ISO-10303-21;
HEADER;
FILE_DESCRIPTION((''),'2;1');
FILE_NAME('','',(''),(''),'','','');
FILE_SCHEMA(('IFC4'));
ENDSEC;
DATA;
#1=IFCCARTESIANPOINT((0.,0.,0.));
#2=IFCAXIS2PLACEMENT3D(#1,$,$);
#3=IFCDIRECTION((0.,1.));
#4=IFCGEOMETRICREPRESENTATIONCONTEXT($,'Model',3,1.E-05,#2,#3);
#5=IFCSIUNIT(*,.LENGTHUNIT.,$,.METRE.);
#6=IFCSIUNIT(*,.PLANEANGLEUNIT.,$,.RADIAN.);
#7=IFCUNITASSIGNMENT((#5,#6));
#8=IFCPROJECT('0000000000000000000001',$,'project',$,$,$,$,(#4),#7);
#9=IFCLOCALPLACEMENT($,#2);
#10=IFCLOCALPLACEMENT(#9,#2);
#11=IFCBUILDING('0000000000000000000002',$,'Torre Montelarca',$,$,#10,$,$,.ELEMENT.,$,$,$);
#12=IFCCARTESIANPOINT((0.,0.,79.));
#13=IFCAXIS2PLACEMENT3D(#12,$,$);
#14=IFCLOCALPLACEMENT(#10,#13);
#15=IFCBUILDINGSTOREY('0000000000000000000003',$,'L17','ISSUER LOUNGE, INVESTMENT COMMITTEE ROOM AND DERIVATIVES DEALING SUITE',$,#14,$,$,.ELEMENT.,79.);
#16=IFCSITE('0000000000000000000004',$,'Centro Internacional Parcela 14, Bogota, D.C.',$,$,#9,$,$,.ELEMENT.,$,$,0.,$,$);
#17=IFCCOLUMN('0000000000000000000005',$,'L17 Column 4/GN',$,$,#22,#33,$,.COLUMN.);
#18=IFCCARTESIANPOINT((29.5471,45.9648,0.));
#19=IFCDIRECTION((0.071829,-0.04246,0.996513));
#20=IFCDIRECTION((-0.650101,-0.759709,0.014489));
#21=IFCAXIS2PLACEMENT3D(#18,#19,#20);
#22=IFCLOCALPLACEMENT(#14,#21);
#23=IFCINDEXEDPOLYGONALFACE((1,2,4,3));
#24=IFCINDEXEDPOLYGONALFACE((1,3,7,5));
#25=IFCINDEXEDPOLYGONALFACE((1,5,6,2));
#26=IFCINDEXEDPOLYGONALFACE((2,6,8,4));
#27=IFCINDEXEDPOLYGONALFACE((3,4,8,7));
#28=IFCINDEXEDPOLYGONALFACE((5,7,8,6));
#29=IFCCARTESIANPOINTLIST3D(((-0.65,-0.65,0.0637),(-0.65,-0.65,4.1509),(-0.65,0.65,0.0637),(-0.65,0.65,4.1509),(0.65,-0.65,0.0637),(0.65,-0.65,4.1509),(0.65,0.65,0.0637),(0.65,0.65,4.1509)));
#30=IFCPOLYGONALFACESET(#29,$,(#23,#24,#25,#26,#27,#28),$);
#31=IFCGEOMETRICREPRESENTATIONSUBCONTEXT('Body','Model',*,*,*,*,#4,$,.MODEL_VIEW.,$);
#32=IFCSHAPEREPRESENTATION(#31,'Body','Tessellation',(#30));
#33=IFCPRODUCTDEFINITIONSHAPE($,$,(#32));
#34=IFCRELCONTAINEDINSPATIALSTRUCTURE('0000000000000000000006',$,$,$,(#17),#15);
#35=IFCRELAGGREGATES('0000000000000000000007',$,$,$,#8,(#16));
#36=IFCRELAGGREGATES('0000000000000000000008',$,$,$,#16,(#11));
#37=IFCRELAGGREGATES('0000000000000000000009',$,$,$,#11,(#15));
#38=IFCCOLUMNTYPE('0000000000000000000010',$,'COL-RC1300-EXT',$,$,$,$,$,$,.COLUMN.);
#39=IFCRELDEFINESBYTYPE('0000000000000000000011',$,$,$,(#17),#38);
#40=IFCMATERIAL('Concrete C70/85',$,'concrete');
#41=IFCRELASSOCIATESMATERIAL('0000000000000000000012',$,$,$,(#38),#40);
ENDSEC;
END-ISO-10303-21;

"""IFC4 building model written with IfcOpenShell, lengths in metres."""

from ifc_helpers import new_model, si_unit, direction, frame, origin, origin_2d, place, context, subcontext, project, spatial, rectangle, extrude, clip, halfspace, material, material_profile, profile_set, type_object, element, save


model = new_model("IFC4")

# Units and contexts
model_context = context("Model", 3, precision=1e-05, world=origin(), true_north=direction((0.0, 1.0)))
body_context = subcontext(model_context, "Body", "Model", "MODEL_VIEW")
ifc_project = project(units=[si_unit("LENGTHUNIT", "METRE"), si_unit("PLANEANGLEUNIT", "RADIAN")], contexts=[model_context])

# Site, building, storey
site_placement = place(None, origin())
site = spatial("IfcSite", under=ifc_project, at=site_placement, Name="Centro Internacional Parcela 14, Bogota, D.C.", CompositionType="ELEMENT", RefElevation=0.0)
building_placement = place(site_placement, origin())
building = spatial("IfcBuilding", under=site, at=building_placement, Name="Torre Montelarca", CompositionType="ELEMENT")
storey_placement = place(building_placement, frame((0.0, 0.0, 79.0)))
storey = spatial("IfcBuildingStorey", under=building, at=storey_placement, Name="L17", Description="ISSUER LOUNGE, INVESTMENT COMMITTEE ROOM AND DERIVATIVES DEALING SUITE", CompositionType="ELEMENT", Elevation=79.0)

# Column
ifc_material_1 = material(Name="Concrete C70/85", Category="concrete")
ifc_material_profile_1 = material_profile(ifc_material_1, rectangle(XDim=1.3, YDim=1.3, at=origin_2d()), Name="RC1300X1300", Category="concrete")
ifc_profile_set_1 = profile_set([ifc_material_profile_1], Name="Concrete C70/85")
column_type = type_object("IfcColumnType", Name="COL-RC1300-EXT", PredefinedType="COLUMN", material=ifc_profile_set_1)
column_placement = place(storey_placement, frame((29.5471, 45.9648, 0.0), z_axis=(0.071829, -0.04246, 0.996513), x_axis=(-0.650101, -0.759709, 0.014489)))
element("IfcColumn", 1, at=column_placement, inside=storey, type_object=column_type, Name="L17 Column 4/GN", PredefinedType="COLUMN", context=body_context, shape_type="Clipping", body=[
    clip(clip(extrude(rectangle(XDim=1.3, YDim=1.3, at=origin_2d()), origin(), (0.0, 0.0, 1.0), 4.2146), halfspace(frame((0.0, 0.0, 0.0637), z_axis=(0.0, 0.0, -1.0), x_axis=(1.0, 0.0, 0.0)), False)), halfspace(frame((0.0, 0.0, 4.1509), z_axis=(0.0, 0.0, 1.0), x_axis=(1.0, 0.0, 0.0)), False)),
])

save(model, "model.ifc")
